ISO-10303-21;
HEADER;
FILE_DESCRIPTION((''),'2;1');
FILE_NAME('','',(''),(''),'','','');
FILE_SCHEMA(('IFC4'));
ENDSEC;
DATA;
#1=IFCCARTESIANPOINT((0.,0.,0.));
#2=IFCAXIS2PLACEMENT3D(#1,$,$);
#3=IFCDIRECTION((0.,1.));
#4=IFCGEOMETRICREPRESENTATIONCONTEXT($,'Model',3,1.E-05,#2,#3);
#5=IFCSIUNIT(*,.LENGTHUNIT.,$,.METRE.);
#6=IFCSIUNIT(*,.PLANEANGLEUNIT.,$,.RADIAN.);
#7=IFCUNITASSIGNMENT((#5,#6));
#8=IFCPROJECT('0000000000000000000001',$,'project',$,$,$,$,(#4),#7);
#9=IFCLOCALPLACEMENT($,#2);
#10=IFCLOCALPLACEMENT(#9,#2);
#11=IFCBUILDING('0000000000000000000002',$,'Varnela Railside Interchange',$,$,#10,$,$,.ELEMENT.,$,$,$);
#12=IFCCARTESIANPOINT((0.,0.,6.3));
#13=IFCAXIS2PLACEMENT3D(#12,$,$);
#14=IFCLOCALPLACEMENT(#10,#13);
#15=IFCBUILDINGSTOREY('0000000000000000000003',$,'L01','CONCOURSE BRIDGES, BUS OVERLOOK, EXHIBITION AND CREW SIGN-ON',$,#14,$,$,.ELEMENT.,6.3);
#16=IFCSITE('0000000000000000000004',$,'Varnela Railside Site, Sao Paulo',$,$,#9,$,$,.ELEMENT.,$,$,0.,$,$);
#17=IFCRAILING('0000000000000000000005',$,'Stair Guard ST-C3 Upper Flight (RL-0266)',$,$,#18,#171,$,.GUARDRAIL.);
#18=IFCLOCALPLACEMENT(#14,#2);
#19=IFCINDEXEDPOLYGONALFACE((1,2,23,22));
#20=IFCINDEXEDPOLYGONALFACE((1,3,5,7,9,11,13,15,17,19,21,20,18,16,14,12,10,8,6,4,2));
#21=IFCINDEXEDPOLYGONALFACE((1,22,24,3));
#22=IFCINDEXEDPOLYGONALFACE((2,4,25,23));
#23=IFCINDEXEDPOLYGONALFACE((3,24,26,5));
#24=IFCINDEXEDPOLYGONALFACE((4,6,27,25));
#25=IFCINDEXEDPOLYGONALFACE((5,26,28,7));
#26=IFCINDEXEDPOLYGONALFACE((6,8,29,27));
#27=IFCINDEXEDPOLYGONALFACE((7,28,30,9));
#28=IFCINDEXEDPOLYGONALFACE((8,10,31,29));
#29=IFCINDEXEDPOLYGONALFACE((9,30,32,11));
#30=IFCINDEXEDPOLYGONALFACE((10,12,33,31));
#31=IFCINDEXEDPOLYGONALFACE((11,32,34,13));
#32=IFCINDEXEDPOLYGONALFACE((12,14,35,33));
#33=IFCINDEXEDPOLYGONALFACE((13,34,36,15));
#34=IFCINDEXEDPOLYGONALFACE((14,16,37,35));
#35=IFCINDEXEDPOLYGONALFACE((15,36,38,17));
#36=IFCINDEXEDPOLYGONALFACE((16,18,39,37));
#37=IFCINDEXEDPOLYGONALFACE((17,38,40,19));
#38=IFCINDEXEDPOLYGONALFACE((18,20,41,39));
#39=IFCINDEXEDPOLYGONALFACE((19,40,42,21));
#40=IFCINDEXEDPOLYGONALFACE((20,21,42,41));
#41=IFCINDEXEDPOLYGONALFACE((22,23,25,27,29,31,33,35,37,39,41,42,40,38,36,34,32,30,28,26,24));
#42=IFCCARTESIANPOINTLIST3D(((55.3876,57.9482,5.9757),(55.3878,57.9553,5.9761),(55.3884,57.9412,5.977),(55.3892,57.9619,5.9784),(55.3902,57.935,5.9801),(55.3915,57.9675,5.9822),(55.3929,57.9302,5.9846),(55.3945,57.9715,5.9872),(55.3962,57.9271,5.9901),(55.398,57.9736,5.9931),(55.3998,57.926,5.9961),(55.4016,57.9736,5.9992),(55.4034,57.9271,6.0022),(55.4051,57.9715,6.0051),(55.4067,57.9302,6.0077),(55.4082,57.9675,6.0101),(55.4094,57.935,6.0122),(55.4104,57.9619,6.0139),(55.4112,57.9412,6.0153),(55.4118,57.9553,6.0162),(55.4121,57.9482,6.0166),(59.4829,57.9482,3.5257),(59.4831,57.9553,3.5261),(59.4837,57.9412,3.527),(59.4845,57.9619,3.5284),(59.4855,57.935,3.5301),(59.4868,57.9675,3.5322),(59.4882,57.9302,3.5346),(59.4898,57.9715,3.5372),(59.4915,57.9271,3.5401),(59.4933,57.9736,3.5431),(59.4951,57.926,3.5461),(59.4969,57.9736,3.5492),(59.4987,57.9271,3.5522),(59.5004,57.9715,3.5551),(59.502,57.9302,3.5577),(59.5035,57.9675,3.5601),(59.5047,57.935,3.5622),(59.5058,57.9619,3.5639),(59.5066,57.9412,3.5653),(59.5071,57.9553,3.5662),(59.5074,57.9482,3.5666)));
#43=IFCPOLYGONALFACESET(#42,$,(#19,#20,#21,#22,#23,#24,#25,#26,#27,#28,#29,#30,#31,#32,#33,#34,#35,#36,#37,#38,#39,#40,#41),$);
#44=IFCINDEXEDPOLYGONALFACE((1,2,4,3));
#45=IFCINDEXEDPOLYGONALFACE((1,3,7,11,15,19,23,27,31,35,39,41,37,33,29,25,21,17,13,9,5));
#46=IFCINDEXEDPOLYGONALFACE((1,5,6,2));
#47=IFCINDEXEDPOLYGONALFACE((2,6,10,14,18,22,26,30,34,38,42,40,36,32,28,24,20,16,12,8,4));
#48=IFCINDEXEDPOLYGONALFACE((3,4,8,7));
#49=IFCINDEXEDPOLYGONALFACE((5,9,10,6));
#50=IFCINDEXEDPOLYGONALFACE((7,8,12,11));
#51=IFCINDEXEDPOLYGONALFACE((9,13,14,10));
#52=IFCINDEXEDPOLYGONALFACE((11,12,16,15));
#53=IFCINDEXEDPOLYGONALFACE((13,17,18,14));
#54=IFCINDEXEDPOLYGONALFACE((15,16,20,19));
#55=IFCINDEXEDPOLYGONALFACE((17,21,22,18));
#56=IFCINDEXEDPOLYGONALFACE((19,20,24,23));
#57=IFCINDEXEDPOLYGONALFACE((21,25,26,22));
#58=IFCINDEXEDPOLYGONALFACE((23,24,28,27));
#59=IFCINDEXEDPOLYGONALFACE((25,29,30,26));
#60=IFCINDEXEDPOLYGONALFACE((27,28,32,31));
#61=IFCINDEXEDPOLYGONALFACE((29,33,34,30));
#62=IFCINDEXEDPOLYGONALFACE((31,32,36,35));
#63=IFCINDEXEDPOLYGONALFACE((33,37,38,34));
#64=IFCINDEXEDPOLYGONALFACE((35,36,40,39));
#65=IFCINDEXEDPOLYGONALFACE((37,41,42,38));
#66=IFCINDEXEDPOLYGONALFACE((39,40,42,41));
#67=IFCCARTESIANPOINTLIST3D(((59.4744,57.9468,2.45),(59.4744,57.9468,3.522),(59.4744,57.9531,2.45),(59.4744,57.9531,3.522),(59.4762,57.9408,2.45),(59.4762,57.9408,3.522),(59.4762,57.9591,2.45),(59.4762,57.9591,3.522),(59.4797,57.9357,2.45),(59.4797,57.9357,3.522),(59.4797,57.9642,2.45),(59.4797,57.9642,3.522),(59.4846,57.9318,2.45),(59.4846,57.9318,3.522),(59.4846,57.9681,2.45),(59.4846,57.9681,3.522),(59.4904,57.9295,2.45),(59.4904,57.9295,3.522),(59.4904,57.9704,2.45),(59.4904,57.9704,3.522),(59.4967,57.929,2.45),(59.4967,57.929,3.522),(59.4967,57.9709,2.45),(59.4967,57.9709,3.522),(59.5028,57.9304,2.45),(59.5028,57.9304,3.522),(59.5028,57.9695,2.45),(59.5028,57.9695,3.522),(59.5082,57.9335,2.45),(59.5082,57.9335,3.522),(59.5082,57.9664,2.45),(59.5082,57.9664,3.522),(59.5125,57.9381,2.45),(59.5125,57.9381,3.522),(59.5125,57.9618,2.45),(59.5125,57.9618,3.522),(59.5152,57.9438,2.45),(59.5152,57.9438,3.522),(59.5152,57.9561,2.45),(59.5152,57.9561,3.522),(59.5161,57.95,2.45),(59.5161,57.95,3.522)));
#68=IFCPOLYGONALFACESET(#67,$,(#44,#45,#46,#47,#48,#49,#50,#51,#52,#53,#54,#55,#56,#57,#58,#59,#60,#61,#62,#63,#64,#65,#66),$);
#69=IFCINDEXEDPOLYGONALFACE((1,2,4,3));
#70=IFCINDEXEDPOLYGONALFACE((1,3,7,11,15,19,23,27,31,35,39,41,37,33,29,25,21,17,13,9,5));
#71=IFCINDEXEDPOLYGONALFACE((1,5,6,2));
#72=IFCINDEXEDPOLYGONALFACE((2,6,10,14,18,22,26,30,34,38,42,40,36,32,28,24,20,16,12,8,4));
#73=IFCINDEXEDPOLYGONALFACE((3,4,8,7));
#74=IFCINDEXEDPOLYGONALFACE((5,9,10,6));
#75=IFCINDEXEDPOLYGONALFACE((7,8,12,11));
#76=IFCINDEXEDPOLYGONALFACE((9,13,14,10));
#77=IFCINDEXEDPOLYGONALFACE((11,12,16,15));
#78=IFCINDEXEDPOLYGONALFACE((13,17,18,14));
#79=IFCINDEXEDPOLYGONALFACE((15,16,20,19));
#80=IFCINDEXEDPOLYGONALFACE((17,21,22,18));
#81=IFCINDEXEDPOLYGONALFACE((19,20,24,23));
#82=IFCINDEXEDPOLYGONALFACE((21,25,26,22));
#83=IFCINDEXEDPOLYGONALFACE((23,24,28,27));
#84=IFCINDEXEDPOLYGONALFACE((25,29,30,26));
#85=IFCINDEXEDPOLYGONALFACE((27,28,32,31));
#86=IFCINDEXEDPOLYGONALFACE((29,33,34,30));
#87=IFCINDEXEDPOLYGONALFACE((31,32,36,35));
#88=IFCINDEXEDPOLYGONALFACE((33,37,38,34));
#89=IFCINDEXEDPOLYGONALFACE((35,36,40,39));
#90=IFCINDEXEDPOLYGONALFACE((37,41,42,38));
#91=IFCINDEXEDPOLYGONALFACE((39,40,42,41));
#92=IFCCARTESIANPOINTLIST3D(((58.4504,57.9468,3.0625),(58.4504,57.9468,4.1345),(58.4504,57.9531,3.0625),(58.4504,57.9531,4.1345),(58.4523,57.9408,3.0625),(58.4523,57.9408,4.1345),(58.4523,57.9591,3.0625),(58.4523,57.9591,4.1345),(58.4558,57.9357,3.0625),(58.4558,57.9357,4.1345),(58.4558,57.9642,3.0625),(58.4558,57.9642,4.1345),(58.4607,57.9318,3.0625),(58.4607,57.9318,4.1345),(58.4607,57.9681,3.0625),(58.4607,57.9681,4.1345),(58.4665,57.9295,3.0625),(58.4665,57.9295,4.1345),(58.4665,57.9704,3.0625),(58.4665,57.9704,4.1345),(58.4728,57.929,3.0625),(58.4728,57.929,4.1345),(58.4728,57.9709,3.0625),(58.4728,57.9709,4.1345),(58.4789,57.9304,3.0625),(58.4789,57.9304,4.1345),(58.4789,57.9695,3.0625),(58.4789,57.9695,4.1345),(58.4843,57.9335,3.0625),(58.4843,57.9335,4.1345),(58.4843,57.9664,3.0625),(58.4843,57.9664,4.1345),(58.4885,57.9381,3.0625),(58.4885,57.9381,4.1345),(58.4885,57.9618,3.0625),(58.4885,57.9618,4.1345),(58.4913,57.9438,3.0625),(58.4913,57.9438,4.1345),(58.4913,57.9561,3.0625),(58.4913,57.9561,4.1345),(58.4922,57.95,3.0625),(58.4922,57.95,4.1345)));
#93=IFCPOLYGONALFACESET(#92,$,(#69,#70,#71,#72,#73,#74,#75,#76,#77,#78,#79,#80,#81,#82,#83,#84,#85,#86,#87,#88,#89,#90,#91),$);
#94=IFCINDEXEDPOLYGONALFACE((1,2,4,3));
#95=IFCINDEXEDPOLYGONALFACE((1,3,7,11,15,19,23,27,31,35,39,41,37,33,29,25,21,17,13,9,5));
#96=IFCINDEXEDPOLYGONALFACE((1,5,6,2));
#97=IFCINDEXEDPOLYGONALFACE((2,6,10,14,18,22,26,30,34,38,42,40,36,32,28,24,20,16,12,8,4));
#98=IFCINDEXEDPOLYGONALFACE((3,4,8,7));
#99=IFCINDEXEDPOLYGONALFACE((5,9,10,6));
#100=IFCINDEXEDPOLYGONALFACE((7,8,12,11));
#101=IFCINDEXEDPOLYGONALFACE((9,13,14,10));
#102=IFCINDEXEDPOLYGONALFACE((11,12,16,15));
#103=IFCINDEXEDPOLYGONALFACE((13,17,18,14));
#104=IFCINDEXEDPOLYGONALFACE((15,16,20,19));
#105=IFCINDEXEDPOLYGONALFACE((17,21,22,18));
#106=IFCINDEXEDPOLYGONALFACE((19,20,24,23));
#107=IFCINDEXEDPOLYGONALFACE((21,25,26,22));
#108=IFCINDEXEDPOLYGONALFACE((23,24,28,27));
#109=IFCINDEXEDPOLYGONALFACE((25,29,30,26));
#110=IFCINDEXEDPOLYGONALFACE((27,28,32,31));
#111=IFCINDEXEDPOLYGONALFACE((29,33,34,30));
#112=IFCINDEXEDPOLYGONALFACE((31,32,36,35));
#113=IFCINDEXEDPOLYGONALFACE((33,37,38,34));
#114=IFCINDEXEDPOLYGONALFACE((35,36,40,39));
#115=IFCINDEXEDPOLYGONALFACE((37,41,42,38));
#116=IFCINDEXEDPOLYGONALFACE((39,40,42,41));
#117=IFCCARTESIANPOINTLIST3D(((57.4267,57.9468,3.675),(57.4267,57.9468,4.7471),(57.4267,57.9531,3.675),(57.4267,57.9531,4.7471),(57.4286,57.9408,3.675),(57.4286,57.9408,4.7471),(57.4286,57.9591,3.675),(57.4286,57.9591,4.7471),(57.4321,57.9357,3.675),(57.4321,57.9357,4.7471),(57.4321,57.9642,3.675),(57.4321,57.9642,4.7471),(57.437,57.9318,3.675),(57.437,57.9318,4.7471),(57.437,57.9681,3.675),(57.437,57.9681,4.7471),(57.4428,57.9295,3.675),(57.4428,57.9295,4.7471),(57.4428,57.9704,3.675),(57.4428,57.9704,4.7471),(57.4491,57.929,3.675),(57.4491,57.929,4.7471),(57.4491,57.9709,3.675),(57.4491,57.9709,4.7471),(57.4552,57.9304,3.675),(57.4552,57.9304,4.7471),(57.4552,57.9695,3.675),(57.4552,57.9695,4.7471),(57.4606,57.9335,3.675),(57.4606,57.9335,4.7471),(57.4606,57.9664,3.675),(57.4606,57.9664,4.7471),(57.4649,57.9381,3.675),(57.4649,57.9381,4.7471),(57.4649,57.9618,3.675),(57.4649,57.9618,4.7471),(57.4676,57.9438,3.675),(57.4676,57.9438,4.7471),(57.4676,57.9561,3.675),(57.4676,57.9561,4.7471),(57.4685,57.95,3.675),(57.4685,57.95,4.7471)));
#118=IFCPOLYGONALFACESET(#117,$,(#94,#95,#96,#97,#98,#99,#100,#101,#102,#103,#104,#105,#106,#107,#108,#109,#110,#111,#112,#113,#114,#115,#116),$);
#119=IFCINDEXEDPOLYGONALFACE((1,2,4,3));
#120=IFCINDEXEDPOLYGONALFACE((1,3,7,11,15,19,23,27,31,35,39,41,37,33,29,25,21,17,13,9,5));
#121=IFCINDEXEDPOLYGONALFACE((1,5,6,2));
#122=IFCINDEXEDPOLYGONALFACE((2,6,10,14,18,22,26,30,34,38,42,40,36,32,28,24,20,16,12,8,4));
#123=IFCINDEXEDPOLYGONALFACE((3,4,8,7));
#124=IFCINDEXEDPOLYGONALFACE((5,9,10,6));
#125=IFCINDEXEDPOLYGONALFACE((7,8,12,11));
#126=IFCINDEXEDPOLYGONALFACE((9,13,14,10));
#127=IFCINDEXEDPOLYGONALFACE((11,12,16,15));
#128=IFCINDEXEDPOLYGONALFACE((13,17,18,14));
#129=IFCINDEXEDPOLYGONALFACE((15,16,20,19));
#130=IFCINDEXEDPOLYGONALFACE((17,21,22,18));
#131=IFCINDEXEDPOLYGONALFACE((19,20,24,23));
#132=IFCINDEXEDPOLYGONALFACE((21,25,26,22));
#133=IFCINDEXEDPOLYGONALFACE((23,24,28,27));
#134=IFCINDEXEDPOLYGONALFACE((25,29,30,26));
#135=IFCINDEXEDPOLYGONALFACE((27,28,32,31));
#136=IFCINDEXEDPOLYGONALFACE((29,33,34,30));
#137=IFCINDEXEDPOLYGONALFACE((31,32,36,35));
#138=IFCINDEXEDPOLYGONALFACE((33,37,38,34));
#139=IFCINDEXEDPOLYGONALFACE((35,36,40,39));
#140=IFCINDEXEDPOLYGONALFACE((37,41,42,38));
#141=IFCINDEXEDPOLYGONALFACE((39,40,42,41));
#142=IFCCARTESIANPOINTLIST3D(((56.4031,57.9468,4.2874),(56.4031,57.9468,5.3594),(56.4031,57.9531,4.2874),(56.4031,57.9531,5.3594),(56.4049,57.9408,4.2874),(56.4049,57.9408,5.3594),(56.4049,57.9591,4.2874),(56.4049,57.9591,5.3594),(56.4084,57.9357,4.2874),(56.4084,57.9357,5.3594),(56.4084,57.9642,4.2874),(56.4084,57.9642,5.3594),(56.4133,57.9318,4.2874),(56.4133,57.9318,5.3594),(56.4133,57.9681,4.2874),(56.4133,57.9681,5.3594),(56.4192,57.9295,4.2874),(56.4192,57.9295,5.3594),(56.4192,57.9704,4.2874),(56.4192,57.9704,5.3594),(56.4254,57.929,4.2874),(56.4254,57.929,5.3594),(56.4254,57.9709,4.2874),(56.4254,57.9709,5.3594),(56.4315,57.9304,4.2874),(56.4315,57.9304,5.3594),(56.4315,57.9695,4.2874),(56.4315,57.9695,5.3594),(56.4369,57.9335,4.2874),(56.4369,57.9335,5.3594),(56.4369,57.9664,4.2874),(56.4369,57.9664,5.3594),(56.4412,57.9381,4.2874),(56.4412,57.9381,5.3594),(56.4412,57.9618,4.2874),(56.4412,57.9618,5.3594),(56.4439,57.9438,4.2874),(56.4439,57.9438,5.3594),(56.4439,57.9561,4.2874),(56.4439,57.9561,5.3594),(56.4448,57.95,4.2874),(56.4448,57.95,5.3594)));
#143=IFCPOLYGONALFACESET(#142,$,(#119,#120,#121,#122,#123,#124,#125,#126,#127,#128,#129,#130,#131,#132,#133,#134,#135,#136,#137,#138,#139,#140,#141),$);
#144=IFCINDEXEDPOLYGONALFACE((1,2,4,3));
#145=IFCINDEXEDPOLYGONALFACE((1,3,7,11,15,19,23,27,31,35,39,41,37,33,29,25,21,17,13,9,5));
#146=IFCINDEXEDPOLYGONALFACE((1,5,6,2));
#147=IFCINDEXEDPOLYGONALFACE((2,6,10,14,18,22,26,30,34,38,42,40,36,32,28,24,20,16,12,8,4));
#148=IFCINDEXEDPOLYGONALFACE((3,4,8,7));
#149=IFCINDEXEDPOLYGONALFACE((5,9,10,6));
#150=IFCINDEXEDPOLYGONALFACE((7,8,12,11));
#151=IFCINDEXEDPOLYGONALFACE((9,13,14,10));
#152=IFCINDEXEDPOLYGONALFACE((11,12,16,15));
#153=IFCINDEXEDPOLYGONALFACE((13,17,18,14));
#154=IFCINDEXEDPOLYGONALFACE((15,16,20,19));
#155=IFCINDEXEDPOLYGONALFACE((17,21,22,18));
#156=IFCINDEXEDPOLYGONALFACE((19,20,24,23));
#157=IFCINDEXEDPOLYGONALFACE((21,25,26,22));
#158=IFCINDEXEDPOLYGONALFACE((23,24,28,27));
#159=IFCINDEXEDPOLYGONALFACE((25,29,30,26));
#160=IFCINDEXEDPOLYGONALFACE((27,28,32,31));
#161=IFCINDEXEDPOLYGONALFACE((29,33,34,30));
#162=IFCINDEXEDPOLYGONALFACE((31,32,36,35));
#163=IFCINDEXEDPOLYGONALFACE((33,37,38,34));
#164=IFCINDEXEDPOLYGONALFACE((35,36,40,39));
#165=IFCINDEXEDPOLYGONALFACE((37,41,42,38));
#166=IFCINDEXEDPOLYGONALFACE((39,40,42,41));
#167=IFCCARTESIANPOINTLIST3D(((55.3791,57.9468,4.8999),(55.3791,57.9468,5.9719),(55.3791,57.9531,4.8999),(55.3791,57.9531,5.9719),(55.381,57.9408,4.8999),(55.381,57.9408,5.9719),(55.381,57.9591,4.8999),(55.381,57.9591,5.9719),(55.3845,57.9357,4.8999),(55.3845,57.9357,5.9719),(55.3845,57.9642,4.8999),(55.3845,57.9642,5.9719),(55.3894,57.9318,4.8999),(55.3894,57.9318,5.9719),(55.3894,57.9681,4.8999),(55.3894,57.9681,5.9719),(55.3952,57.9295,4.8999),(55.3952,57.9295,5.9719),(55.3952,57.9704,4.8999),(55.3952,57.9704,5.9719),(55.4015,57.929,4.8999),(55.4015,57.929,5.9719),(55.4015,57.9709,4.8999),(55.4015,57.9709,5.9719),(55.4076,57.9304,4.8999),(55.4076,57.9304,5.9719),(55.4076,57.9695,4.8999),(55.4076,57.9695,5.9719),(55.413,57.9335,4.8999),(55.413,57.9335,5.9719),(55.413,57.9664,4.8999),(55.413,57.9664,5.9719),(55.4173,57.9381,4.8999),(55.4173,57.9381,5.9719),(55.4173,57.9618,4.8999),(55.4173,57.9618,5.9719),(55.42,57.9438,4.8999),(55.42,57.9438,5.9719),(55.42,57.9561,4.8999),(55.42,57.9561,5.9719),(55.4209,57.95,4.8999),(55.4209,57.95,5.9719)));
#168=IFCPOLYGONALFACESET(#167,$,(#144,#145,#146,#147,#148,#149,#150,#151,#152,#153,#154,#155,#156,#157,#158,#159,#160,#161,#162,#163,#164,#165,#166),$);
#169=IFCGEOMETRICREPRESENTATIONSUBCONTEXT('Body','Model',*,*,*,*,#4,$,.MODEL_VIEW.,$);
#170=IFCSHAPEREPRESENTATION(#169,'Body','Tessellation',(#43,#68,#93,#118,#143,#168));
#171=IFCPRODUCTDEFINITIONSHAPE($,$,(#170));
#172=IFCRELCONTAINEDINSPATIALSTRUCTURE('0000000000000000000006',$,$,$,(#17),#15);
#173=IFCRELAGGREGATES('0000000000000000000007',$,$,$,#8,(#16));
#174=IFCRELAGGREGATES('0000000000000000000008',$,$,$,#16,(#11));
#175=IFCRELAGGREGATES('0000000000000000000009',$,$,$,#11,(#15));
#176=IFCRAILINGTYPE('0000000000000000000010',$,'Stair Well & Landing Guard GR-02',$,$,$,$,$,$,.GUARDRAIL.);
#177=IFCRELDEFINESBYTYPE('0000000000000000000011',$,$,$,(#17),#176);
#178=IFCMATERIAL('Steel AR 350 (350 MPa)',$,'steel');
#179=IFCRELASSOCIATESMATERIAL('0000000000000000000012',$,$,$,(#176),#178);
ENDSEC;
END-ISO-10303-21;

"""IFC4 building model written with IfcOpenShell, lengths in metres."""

from ifc_helpers import new_model, si_unit, direction, frame, origin, origin_2d, place, context, subcontext, project, spatial, circle, extrude, material, type_object, element, save


model = new_model("IFC4")

# Units and contexts
model_context = context("Model", 3, precision=1e-05, world=origin(), true_north=direction((0.0, 1.0)))
body_context = subcontext(model_context, "Body", "Model", "MODEL_VIEW")
ifc_project = project(units=[si_unit("LENGTHUNIT", "METRE"), si_unit("PLANEANGLEUNIT", "RADIAN")], contexts=[model_context])

# Site, building, storey
site_placement = place(None, origin())
site = spatial("IfcSite", under=ifc_project, at=site_placement, Name="Varnela Railside Site, Sao Paulo", CompositionType="ELEMENT", RefElevation=0.0)
building_placement = place(site_placement, origin())
building = spatial("IfcBuilding", under=site, at=building_placement, Name="Varnela Railside Interchange", CompositionType="ELEMENT")
storey_placement = place(building_placement, frame((0.0, 0.0, 6.3)))
storey = spatial("IfcBuildingStorey", under=building, at=storey_placement, Name="L01", Description="CONCOURSE BRIDGES, BUS OVERLOOK, EXHIBITION AND CREW SIGN-ON", CompositionType="ELEMENT", Elevation=6.3)

# Shared definitions
ifc_material_1 = material(Name="Steel AR 350 (350 MPa)", Category="steel")

# Railing
railing_type_1 = type_object("IfcRailingType", Name="Stair Well & Landing Guard GR-02", PredefinedType="GUARDRAIL", material=ifc_material_1)
railing_1_placement = place(storey_placement, frame((59.4951, 57.95, 2.45)))
element("IfcRailing", 1, at=railing_1_placement, inside=storey, type_object=railing_type_1, Name="Stair Guard ST-C3 Upper Flight (RL-0266)", PredefinedType="GUARDRAIL", context=body_context, shape_type="SweptSolid", body=[
    extrude(circle(Radius=0.0239, at=origin_2d()), frame((0.0, 0.0, 1.0962), z_axis=(-0.858156, 0.0, 0.513389), x_axis=(0.0, -1.0, 0.0)), (0.0, 0.0, 1.0), 4.7722),
    extrude(circle(Radius=0.021, at=origin_2d()), origin(), (0.0, 0.0, 1.0), 1.072),
    extrude(circle(Radius=0.021, at=origin_2d()), frame((-1.0239, 0.0, 0.6125)), (0.0, 0.0, 1.0), 1.072),
    extrude(circle(Radius=0.021, at=origin_2d()), frame((-2.0476, 0.0, 1.2251)), (0.0, 0.0, 1.0), 1.072),
    extrude(circle(Radius=0.021, at=origin_2d()), frame((-3.0713, 0.0, 1.8374)), (0.0, 0.0, 1.0), 1.072),
    extrude(circle(Radius=0.021, at=origin_2d()), frame((-4.0952, 0.0, 2.45)), (0.0, 0.0, 1.0), 1.072),
])

save(model, "model.ifc")
